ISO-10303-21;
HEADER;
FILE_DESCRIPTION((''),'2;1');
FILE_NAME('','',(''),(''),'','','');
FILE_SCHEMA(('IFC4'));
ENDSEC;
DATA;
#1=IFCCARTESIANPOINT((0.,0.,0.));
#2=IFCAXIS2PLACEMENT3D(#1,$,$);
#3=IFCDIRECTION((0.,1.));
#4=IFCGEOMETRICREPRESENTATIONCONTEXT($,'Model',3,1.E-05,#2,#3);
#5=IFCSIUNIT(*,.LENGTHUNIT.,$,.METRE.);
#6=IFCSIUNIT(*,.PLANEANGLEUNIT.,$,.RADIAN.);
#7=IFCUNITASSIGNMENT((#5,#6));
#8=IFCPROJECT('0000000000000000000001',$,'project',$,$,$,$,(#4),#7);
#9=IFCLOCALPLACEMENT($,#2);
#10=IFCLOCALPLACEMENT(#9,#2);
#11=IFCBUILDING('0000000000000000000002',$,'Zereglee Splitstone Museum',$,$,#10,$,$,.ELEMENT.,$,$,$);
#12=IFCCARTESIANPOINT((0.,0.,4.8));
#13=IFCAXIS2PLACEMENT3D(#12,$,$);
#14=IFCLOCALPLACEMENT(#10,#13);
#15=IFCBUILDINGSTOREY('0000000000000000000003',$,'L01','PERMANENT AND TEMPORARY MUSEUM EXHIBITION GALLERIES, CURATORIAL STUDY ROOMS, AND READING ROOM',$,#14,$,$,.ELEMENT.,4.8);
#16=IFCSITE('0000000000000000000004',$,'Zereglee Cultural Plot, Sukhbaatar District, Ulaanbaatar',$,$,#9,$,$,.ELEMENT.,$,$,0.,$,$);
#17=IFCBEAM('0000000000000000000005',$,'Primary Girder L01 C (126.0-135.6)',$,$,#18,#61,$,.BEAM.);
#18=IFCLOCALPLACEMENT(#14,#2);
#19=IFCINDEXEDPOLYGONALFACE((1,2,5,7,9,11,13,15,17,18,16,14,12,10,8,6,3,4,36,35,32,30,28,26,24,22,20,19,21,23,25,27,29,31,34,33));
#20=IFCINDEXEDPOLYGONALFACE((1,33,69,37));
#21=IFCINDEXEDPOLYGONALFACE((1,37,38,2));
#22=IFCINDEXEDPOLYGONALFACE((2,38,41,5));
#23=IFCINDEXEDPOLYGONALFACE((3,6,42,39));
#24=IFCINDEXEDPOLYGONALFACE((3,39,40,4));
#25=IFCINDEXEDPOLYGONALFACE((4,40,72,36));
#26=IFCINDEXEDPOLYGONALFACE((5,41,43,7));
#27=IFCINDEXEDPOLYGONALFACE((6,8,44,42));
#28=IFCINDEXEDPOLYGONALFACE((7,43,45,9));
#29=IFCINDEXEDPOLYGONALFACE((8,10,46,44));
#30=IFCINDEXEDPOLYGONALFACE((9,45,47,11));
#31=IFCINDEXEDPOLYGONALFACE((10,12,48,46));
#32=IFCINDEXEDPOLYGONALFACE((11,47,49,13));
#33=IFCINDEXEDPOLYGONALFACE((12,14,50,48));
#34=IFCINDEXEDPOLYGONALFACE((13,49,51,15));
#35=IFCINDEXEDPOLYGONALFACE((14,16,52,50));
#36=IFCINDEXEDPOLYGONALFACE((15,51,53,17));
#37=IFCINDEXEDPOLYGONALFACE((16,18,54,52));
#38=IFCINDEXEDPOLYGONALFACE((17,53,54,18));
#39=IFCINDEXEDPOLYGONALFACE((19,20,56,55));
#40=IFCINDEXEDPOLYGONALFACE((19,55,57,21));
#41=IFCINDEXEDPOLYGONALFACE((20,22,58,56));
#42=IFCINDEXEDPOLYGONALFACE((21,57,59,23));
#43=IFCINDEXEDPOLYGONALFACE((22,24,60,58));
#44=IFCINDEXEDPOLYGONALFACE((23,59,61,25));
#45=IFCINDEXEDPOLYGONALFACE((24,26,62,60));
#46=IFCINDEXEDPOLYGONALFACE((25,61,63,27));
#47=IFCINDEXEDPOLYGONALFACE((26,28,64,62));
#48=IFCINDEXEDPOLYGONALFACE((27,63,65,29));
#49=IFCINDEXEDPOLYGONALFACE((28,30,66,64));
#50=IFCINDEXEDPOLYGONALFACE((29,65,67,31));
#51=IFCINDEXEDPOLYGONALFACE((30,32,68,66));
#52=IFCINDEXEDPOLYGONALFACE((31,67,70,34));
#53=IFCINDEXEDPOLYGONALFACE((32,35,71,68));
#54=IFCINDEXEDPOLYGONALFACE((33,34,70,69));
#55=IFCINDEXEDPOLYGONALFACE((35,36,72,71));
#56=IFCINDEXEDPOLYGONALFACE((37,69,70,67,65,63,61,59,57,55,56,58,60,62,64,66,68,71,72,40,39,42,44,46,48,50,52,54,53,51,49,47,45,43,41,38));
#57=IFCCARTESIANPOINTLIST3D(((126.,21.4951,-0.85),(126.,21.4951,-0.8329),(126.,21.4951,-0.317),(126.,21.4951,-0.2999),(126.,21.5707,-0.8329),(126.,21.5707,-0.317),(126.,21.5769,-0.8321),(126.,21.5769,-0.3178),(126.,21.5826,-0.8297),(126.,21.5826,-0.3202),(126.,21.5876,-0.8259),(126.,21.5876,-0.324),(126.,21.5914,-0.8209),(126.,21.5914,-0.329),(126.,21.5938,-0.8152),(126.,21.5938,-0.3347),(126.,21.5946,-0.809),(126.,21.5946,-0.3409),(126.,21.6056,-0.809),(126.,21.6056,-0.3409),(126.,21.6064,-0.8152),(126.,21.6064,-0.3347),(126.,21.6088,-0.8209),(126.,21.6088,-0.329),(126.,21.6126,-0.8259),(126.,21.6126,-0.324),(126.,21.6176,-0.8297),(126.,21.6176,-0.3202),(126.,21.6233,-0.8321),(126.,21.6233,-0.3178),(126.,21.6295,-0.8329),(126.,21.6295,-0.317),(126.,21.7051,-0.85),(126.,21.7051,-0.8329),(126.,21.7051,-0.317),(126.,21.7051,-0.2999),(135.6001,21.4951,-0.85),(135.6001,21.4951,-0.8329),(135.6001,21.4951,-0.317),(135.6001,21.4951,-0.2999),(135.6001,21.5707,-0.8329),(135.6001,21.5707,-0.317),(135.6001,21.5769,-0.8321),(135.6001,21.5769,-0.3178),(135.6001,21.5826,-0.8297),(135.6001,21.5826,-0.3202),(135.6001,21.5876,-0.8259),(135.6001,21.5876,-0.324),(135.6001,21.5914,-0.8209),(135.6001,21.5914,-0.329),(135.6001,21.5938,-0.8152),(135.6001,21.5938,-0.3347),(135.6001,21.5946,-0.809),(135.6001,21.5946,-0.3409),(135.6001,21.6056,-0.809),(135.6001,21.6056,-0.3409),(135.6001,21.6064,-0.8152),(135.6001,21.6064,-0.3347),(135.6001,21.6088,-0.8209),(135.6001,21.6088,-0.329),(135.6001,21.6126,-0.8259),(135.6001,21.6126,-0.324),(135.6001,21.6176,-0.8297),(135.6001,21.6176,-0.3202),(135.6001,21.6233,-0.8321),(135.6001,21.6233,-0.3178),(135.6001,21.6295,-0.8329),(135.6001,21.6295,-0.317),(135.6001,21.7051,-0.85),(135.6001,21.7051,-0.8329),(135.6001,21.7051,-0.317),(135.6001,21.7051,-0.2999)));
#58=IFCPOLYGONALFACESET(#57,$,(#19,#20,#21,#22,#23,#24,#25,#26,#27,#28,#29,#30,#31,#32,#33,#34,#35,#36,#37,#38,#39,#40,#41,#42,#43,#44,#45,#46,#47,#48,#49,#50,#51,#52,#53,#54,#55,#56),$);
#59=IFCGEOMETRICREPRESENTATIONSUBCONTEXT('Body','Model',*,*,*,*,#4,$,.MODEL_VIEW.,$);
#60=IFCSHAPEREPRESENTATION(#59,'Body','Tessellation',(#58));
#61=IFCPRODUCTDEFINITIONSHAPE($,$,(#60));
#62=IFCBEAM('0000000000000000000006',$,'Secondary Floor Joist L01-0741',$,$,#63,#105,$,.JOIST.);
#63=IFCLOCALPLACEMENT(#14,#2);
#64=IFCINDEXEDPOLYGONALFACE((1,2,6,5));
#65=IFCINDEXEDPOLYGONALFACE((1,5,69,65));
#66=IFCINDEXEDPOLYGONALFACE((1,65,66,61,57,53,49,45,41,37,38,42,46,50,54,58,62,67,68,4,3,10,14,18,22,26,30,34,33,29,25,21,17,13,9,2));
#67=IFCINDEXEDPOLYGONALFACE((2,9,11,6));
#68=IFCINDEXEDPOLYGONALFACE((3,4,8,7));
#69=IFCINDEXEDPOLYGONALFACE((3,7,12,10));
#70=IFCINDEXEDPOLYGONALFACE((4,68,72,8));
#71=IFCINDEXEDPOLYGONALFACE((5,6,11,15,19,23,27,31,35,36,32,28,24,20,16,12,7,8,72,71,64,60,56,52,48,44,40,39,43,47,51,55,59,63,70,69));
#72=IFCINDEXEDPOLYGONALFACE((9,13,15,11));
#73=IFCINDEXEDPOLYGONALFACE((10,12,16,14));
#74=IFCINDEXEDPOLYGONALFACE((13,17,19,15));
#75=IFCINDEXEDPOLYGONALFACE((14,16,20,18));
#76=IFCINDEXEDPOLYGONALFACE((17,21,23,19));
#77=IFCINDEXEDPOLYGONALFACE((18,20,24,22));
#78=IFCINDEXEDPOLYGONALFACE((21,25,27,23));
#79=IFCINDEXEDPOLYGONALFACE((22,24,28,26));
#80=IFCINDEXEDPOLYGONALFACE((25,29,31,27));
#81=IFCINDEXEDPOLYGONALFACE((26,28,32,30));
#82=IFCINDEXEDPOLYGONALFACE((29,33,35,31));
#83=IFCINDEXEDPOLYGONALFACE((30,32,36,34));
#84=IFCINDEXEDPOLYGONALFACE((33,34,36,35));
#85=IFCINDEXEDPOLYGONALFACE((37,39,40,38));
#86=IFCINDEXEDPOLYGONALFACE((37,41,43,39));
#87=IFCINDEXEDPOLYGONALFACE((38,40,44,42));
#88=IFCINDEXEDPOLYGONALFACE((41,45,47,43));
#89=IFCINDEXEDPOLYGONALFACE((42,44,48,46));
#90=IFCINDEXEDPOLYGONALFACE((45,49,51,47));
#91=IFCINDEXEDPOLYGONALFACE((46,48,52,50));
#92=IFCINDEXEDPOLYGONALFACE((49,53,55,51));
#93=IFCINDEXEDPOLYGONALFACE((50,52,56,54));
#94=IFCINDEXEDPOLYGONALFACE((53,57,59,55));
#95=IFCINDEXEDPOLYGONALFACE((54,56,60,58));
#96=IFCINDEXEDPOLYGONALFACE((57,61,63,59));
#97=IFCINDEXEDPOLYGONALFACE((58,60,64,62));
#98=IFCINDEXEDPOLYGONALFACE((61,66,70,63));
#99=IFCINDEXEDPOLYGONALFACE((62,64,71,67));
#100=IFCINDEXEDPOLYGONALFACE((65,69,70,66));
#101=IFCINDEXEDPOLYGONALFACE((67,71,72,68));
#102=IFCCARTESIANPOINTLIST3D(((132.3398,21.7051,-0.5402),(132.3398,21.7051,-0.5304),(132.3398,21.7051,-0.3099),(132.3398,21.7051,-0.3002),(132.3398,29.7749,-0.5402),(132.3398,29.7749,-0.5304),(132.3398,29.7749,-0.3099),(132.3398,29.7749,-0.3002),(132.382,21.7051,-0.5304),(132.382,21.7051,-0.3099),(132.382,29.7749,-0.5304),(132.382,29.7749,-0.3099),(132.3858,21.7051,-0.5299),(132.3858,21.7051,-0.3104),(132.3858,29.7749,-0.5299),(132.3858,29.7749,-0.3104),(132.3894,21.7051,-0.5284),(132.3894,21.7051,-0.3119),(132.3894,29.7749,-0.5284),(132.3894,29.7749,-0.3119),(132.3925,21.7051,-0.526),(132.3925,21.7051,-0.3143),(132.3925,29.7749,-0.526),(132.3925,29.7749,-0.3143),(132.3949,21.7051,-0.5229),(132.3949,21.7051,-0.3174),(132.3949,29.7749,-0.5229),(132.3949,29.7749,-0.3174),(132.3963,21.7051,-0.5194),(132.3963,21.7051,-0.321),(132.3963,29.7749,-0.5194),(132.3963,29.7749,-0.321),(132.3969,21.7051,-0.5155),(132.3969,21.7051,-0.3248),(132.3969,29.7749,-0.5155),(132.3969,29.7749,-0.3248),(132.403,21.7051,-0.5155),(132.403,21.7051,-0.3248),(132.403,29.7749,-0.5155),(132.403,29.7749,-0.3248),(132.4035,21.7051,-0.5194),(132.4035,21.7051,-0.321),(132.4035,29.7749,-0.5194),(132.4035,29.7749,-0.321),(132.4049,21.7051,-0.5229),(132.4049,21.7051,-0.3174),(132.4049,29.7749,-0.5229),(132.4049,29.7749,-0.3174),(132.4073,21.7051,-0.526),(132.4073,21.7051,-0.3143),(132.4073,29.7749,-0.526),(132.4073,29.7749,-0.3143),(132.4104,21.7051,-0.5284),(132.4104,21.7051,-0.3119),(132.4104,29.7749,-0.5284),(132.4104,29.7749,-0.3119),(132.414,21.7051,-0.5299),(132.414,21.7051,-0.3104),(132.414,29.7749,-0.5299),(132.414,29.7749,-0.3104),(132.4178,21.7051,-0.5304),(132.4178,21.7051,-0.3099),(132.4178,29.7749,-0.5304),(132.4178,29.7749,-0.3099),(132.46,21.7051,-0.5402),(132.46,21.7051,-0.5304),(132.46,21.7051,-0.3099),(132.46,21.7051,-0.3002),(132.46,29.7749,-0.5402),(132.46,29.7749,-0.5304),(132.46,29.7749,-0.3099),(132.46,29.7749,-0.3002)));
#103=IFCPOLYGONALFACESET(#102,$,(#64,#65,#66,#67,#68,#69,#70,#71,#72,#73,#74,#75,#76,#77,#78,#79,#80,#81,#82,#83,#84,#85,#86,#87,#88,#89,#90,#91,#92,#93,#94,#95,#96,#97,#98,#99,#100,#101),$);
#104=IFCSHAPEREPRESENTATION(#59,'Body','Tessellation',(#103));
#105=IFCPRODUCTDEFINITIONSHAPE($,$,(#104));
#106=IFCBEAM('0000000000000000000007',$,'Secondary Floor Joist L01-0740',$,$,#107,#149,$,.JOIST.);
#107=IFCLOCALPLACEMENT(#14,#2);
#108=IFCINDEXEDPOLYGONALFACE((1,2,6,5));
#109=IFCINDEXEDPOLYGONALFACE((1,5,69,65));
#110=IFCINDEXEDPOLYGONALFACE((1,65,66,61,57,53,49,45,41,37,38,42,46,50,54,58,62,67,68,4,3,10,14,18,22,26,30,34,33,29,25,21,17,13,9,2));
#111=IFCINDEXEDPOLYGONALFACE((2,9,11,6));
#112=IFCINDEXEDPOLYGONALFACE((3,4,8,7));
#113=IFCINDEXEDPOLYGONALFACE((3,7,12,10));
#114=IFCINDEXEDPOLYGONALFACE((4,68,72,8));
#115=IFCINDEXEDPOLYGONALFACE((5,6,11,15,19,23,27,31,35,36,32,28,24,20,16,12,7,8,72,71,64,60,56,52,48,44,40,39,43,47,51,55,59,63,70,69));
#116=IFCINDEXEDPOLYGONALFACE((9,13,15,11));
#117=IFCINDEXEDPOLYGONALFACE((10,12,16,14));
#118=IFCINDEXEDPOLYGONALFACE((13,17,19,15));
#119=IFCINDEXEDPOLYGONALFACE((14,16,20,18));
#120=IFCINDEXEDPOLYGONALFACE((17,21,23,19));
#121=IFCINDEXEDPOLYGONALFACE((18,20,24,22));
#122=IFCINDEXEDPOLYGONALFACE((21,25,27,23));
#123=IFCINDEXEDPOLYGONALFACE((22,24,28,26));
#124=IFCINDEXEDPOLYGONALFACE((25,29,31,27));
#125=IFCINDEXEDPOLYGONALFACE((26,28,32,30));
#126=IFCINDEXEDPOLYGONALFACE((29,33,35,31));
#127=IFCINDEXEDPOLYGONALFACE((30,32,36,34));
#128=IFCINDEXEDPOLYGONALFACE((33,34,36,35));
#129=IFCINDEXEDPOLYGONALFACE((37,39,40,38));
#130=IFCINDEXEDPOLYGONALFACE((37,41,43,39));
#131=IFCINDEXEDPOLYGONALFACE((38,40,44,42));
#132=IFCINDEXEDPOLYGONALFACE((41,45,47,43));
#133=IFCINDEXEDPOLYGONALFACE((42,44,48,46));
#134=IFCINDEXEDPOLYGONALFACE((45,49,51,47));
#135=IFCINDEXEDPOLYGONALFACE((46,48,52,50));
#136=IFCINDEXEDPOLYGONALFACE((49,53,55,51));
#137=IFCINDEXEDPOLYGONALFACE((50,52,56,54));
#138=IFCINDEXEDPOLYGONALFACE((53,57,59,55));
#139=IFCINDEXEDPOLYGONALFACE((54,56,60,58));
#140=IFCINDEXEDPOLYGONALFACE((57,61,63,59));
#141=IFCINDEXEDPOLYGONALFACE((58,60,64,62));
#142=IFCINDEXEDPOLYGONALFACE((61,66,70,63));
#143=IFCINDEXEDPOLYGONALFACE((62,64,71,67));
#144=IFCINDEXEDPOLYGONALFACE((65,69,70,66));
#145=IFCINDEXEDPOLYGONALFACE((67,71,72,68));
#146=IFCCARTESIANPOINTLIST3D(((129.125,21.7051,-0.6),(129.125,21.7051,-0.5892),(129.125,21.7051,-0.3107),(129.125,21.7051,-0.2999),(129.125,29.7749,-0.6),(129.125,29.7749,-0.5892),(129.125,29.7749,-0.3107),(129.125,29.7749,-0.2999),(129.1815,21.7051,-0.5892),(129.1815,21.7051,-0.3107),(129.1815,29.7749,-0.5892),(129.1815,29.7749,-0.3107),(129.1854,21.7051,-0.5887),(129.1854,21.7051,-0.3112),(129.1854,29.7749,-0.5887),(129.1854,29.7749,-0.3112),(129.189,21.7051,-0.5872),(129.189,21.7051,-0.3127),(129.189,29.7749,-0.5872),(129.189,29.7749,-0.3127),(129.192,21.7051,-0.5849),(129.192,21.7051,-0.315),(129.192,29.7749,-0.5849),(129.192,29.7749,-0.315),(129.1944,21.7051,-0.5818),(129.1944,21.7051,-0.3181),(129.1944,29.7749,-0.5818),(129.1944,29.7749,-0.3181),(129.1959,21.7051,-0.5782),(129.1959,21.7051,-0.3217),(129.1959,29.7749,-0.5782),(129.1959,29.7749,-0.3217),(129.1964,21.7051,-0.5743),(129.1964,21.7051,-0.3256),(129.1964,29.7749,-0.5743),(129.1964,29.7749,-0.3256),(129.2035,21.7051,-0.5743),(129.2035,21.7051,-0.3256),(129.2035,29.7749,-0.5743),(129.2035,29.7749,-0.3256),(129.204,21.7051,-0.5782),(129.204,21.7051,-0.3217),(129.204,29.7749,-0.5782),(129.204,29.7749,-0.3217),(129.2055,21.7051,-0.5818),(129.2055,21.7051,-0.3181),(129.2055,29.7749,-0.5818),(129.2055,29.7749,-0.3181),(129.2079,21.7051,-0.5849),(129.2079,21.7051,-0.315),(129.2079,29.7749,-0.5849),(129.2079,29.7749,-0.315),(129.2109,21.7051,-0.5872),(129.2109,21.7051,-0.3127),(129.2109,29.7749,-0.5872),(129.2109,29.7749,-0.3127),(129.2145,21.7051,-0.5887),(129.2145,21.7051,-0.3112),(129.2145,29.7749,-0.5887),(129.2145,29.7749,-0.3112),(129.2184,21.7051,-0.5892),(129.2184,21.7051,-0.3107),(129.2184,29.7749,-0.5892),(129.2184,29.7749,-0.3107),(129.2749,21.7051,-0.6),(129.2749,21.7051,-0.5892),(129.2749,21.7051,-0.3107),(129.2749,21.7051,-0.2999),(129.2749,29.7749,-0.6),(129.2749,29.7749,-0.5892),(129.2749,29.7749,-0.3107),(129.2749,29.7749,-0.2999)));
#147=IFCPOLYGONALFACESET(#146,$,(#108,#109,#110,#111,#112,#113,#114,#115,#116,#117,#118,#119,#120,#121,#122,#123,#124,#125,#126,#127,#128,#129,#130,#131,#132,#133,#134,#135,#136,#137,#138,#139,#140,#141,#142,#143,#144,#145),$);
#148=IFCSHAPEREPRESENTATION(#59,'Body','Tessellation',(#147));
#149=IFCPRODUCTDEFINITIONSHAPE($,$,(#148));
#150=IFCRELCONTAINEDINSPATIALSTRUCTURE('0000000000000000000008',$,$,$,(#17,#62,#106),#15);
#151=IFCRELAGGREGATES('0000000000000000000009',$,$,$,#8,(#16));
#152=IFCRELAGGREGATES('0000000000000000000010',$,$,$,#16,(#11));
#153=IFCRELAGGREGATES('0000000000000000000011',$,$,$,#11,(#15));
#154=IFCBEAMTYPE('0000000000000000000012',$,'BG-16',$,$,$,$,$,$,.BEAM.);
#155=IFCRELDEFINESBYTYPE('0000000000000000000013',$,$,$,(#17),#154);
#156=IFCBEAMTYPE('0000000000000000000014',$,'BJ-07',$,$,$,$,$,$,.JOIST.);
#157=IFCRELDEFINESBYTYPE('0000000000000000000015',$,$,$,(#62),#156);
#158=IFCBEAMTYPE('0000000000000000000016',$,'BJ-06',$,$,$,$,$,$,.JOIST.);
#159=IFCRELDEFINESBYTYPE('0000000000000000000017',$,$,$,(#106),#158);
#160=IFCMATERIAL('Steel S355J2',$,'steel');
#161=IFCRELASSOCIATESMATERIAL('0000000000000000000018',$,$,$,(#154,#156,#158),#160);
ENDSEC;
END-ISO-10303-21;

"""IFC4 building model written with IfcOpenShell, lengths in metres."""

from ifc_helpers import new_model, si_unit, direction, frame, origin, origin_2d, place, context, subcontext, project, spatial, i_section, extrude, material, material_profile, profile_set, type_object, element, save


model = new_model("IFC4")

# Units and contexts
model_context = context("Model", 3, precision=1e-05, world=origin(), true_north=direction((0.0, 1.0)))
body_context = subcontext(model_context, "Body", "Model", "MODEL_VIEW")
ifc_project = project(units=[si_unit("LENGTHUNIT", "METRE"), si_unit("PLANEANGLEUNIT", "RADIAN")], contexts=[model_context])

# Site, building, storey
site_placement = place(None, origin())
site = spatial("IfcSite", under=ifc_project, at=site_placement, Name="Zereglee Cultural Plot, Sukhbaatar District, Ulaanbaatar", CompositionType="ELEMENT", RefElevation=0.0)
building_placement = place(site_placement, origin())
building = spatial("IfcBuilding", under=site, at=building_placement, Name="Zereglee Splitstone Museum", CompositionType="ELEMENT")
storey_placement = place(building_placement, frame((0.0, 0.0, 4.8)))
storey = spatial("IfcBuildingStorey", under=building, at=storey_placement, Name="L01", Description="PERMANENT AND TEMPORARY MUSEUM EXHIBITION GALLERIES, CURATORIAL STUDY ROOMS, AND READING ROOM", CompositionType="ELEMENT", Elevation=4.8)

# Shared definitions
ifc_material_1 = material(Name="Steel S355J2", Category="steel")

# Beams
ifc_material_profile_1 = material_profile(ifc_material_1, i_section(OverallWidth=0.21, OverallDepth=0.55, WebThickness=0.011, FlangeThickness=0.0171, FilletRadius=0.0239, at=origin_2d()), Name="IPE 550")
ifc_profile_set_1 = profile_set([ifc_material_profile_1], Name="Steel S355J2")
beam_type_1 = type_object("IfcBeamType", Name="BG-16", PredefinedType="BEAM", material=ifc_profile_set_1)
beam_1_placement = place(storey_placement, frame((126.0, 21.6001, -0.575), z_axis=(1.0, 0.0, 0.0), x_axis=(0.0, 1.0, 0.0)))
element("IfcBeam", 1, at=beam_1_placement, inside=storey, type_object=beam_type_1, Name="Primary Girder L01 C (126.0-135.6)", PredefinedType="BEAM", context=body_context, shape_type="SweptSolid", body=[
    extrude(i_section(OverallWidth=0.21, OverallDepth=0.55, WebThickness=0.011, FlangeThickness=0.0171, FilletRadius=0.0239, at=origin_2d()), origin(), (0.0, 0.0, 1.0), 9.6001),
])
ifc_material_profile_2 = material_profile(ifc_material_1, i_section(OverallWidth=0.1201, OverallDepth=0.24, WebThickness=0.0061, FlangeThickness=0.0098, FilletRadius=0.0149, at=origin_2d()), Name="IPE 240")
ifc_profile_set_2 = profile_set([ifc_material_profile_2], Name="Steel S355J2")
beam_type_2 = type_object("IfcBeamType", Name="BJ-07", PredefinedType="JOIST", material=ifc_profile_set_2)
beam_2_placement = place(storey_placement, frame((132.3999, 21.7051, -0.4202), z_axis=(0.0, 1.0, 0.0), x_axis=(-1.0, 0.0, 0.0)))
element("IfcBeam", 2, at=beam_2_placement, inside=storey, type_object=beam_type_2, Name="Secondary Floor Joist L01-0741", PredefinedType="JOIST", context=body_context, shape_type="SweptSolid", body=[
    extrude(i_section(OverallWidth=0.1201, OverallDepth=0.24, WebThickness=0.0061, FlangeThickness=0.0098, FilletRadius=0.0149, at=origin_2d()), origin(), (0.0, 0.0, 1.0), 8.0698),
])
ifc_material_profile_3 = material_profile(ifc_material_1, i_section(OverallWidth=0.1499, OverallDepth=0.3, WebThickness=0.0071, FlangeThickness=0.0107, FilletRadius=0.0149, at=origin_2d()), Name="IPE 300")
ifc_profile_set_3 = profile_set([ifc_material_profile_3], Name="Steel S355J2")
beam_type_3 = type_object("IfcBeamType", Name="BJ-06", PredefinedType="JOIST", material=ifc_profile_set_3)
beam_3_placement = place(storey_placement, frame((129.2, 21.7051, -0.45), z_axis=(0.0, 1.0, 0.0), x_axis=(-1.0, 0.0, 0.0)))
element("IfcBeam", 3, at=beam_3_placement, inside=storey, type_object=beam_type_3, Name="Secondary Floor Joist L01-0740", PredefinedType="JOIST", context=body_context, shape_type="SweptSolid", body=[
    extrude(i_section(OverallWidth=0.1499, OverallDepth=0.3, WebThickness=0.0071, FlangeThickness=0.0107, FilletRadius=0.0149, at=origin_2d()), origin(), (0.0, 0.0, 1.0), 8.0698),
])

save(model, "model.ifc")
